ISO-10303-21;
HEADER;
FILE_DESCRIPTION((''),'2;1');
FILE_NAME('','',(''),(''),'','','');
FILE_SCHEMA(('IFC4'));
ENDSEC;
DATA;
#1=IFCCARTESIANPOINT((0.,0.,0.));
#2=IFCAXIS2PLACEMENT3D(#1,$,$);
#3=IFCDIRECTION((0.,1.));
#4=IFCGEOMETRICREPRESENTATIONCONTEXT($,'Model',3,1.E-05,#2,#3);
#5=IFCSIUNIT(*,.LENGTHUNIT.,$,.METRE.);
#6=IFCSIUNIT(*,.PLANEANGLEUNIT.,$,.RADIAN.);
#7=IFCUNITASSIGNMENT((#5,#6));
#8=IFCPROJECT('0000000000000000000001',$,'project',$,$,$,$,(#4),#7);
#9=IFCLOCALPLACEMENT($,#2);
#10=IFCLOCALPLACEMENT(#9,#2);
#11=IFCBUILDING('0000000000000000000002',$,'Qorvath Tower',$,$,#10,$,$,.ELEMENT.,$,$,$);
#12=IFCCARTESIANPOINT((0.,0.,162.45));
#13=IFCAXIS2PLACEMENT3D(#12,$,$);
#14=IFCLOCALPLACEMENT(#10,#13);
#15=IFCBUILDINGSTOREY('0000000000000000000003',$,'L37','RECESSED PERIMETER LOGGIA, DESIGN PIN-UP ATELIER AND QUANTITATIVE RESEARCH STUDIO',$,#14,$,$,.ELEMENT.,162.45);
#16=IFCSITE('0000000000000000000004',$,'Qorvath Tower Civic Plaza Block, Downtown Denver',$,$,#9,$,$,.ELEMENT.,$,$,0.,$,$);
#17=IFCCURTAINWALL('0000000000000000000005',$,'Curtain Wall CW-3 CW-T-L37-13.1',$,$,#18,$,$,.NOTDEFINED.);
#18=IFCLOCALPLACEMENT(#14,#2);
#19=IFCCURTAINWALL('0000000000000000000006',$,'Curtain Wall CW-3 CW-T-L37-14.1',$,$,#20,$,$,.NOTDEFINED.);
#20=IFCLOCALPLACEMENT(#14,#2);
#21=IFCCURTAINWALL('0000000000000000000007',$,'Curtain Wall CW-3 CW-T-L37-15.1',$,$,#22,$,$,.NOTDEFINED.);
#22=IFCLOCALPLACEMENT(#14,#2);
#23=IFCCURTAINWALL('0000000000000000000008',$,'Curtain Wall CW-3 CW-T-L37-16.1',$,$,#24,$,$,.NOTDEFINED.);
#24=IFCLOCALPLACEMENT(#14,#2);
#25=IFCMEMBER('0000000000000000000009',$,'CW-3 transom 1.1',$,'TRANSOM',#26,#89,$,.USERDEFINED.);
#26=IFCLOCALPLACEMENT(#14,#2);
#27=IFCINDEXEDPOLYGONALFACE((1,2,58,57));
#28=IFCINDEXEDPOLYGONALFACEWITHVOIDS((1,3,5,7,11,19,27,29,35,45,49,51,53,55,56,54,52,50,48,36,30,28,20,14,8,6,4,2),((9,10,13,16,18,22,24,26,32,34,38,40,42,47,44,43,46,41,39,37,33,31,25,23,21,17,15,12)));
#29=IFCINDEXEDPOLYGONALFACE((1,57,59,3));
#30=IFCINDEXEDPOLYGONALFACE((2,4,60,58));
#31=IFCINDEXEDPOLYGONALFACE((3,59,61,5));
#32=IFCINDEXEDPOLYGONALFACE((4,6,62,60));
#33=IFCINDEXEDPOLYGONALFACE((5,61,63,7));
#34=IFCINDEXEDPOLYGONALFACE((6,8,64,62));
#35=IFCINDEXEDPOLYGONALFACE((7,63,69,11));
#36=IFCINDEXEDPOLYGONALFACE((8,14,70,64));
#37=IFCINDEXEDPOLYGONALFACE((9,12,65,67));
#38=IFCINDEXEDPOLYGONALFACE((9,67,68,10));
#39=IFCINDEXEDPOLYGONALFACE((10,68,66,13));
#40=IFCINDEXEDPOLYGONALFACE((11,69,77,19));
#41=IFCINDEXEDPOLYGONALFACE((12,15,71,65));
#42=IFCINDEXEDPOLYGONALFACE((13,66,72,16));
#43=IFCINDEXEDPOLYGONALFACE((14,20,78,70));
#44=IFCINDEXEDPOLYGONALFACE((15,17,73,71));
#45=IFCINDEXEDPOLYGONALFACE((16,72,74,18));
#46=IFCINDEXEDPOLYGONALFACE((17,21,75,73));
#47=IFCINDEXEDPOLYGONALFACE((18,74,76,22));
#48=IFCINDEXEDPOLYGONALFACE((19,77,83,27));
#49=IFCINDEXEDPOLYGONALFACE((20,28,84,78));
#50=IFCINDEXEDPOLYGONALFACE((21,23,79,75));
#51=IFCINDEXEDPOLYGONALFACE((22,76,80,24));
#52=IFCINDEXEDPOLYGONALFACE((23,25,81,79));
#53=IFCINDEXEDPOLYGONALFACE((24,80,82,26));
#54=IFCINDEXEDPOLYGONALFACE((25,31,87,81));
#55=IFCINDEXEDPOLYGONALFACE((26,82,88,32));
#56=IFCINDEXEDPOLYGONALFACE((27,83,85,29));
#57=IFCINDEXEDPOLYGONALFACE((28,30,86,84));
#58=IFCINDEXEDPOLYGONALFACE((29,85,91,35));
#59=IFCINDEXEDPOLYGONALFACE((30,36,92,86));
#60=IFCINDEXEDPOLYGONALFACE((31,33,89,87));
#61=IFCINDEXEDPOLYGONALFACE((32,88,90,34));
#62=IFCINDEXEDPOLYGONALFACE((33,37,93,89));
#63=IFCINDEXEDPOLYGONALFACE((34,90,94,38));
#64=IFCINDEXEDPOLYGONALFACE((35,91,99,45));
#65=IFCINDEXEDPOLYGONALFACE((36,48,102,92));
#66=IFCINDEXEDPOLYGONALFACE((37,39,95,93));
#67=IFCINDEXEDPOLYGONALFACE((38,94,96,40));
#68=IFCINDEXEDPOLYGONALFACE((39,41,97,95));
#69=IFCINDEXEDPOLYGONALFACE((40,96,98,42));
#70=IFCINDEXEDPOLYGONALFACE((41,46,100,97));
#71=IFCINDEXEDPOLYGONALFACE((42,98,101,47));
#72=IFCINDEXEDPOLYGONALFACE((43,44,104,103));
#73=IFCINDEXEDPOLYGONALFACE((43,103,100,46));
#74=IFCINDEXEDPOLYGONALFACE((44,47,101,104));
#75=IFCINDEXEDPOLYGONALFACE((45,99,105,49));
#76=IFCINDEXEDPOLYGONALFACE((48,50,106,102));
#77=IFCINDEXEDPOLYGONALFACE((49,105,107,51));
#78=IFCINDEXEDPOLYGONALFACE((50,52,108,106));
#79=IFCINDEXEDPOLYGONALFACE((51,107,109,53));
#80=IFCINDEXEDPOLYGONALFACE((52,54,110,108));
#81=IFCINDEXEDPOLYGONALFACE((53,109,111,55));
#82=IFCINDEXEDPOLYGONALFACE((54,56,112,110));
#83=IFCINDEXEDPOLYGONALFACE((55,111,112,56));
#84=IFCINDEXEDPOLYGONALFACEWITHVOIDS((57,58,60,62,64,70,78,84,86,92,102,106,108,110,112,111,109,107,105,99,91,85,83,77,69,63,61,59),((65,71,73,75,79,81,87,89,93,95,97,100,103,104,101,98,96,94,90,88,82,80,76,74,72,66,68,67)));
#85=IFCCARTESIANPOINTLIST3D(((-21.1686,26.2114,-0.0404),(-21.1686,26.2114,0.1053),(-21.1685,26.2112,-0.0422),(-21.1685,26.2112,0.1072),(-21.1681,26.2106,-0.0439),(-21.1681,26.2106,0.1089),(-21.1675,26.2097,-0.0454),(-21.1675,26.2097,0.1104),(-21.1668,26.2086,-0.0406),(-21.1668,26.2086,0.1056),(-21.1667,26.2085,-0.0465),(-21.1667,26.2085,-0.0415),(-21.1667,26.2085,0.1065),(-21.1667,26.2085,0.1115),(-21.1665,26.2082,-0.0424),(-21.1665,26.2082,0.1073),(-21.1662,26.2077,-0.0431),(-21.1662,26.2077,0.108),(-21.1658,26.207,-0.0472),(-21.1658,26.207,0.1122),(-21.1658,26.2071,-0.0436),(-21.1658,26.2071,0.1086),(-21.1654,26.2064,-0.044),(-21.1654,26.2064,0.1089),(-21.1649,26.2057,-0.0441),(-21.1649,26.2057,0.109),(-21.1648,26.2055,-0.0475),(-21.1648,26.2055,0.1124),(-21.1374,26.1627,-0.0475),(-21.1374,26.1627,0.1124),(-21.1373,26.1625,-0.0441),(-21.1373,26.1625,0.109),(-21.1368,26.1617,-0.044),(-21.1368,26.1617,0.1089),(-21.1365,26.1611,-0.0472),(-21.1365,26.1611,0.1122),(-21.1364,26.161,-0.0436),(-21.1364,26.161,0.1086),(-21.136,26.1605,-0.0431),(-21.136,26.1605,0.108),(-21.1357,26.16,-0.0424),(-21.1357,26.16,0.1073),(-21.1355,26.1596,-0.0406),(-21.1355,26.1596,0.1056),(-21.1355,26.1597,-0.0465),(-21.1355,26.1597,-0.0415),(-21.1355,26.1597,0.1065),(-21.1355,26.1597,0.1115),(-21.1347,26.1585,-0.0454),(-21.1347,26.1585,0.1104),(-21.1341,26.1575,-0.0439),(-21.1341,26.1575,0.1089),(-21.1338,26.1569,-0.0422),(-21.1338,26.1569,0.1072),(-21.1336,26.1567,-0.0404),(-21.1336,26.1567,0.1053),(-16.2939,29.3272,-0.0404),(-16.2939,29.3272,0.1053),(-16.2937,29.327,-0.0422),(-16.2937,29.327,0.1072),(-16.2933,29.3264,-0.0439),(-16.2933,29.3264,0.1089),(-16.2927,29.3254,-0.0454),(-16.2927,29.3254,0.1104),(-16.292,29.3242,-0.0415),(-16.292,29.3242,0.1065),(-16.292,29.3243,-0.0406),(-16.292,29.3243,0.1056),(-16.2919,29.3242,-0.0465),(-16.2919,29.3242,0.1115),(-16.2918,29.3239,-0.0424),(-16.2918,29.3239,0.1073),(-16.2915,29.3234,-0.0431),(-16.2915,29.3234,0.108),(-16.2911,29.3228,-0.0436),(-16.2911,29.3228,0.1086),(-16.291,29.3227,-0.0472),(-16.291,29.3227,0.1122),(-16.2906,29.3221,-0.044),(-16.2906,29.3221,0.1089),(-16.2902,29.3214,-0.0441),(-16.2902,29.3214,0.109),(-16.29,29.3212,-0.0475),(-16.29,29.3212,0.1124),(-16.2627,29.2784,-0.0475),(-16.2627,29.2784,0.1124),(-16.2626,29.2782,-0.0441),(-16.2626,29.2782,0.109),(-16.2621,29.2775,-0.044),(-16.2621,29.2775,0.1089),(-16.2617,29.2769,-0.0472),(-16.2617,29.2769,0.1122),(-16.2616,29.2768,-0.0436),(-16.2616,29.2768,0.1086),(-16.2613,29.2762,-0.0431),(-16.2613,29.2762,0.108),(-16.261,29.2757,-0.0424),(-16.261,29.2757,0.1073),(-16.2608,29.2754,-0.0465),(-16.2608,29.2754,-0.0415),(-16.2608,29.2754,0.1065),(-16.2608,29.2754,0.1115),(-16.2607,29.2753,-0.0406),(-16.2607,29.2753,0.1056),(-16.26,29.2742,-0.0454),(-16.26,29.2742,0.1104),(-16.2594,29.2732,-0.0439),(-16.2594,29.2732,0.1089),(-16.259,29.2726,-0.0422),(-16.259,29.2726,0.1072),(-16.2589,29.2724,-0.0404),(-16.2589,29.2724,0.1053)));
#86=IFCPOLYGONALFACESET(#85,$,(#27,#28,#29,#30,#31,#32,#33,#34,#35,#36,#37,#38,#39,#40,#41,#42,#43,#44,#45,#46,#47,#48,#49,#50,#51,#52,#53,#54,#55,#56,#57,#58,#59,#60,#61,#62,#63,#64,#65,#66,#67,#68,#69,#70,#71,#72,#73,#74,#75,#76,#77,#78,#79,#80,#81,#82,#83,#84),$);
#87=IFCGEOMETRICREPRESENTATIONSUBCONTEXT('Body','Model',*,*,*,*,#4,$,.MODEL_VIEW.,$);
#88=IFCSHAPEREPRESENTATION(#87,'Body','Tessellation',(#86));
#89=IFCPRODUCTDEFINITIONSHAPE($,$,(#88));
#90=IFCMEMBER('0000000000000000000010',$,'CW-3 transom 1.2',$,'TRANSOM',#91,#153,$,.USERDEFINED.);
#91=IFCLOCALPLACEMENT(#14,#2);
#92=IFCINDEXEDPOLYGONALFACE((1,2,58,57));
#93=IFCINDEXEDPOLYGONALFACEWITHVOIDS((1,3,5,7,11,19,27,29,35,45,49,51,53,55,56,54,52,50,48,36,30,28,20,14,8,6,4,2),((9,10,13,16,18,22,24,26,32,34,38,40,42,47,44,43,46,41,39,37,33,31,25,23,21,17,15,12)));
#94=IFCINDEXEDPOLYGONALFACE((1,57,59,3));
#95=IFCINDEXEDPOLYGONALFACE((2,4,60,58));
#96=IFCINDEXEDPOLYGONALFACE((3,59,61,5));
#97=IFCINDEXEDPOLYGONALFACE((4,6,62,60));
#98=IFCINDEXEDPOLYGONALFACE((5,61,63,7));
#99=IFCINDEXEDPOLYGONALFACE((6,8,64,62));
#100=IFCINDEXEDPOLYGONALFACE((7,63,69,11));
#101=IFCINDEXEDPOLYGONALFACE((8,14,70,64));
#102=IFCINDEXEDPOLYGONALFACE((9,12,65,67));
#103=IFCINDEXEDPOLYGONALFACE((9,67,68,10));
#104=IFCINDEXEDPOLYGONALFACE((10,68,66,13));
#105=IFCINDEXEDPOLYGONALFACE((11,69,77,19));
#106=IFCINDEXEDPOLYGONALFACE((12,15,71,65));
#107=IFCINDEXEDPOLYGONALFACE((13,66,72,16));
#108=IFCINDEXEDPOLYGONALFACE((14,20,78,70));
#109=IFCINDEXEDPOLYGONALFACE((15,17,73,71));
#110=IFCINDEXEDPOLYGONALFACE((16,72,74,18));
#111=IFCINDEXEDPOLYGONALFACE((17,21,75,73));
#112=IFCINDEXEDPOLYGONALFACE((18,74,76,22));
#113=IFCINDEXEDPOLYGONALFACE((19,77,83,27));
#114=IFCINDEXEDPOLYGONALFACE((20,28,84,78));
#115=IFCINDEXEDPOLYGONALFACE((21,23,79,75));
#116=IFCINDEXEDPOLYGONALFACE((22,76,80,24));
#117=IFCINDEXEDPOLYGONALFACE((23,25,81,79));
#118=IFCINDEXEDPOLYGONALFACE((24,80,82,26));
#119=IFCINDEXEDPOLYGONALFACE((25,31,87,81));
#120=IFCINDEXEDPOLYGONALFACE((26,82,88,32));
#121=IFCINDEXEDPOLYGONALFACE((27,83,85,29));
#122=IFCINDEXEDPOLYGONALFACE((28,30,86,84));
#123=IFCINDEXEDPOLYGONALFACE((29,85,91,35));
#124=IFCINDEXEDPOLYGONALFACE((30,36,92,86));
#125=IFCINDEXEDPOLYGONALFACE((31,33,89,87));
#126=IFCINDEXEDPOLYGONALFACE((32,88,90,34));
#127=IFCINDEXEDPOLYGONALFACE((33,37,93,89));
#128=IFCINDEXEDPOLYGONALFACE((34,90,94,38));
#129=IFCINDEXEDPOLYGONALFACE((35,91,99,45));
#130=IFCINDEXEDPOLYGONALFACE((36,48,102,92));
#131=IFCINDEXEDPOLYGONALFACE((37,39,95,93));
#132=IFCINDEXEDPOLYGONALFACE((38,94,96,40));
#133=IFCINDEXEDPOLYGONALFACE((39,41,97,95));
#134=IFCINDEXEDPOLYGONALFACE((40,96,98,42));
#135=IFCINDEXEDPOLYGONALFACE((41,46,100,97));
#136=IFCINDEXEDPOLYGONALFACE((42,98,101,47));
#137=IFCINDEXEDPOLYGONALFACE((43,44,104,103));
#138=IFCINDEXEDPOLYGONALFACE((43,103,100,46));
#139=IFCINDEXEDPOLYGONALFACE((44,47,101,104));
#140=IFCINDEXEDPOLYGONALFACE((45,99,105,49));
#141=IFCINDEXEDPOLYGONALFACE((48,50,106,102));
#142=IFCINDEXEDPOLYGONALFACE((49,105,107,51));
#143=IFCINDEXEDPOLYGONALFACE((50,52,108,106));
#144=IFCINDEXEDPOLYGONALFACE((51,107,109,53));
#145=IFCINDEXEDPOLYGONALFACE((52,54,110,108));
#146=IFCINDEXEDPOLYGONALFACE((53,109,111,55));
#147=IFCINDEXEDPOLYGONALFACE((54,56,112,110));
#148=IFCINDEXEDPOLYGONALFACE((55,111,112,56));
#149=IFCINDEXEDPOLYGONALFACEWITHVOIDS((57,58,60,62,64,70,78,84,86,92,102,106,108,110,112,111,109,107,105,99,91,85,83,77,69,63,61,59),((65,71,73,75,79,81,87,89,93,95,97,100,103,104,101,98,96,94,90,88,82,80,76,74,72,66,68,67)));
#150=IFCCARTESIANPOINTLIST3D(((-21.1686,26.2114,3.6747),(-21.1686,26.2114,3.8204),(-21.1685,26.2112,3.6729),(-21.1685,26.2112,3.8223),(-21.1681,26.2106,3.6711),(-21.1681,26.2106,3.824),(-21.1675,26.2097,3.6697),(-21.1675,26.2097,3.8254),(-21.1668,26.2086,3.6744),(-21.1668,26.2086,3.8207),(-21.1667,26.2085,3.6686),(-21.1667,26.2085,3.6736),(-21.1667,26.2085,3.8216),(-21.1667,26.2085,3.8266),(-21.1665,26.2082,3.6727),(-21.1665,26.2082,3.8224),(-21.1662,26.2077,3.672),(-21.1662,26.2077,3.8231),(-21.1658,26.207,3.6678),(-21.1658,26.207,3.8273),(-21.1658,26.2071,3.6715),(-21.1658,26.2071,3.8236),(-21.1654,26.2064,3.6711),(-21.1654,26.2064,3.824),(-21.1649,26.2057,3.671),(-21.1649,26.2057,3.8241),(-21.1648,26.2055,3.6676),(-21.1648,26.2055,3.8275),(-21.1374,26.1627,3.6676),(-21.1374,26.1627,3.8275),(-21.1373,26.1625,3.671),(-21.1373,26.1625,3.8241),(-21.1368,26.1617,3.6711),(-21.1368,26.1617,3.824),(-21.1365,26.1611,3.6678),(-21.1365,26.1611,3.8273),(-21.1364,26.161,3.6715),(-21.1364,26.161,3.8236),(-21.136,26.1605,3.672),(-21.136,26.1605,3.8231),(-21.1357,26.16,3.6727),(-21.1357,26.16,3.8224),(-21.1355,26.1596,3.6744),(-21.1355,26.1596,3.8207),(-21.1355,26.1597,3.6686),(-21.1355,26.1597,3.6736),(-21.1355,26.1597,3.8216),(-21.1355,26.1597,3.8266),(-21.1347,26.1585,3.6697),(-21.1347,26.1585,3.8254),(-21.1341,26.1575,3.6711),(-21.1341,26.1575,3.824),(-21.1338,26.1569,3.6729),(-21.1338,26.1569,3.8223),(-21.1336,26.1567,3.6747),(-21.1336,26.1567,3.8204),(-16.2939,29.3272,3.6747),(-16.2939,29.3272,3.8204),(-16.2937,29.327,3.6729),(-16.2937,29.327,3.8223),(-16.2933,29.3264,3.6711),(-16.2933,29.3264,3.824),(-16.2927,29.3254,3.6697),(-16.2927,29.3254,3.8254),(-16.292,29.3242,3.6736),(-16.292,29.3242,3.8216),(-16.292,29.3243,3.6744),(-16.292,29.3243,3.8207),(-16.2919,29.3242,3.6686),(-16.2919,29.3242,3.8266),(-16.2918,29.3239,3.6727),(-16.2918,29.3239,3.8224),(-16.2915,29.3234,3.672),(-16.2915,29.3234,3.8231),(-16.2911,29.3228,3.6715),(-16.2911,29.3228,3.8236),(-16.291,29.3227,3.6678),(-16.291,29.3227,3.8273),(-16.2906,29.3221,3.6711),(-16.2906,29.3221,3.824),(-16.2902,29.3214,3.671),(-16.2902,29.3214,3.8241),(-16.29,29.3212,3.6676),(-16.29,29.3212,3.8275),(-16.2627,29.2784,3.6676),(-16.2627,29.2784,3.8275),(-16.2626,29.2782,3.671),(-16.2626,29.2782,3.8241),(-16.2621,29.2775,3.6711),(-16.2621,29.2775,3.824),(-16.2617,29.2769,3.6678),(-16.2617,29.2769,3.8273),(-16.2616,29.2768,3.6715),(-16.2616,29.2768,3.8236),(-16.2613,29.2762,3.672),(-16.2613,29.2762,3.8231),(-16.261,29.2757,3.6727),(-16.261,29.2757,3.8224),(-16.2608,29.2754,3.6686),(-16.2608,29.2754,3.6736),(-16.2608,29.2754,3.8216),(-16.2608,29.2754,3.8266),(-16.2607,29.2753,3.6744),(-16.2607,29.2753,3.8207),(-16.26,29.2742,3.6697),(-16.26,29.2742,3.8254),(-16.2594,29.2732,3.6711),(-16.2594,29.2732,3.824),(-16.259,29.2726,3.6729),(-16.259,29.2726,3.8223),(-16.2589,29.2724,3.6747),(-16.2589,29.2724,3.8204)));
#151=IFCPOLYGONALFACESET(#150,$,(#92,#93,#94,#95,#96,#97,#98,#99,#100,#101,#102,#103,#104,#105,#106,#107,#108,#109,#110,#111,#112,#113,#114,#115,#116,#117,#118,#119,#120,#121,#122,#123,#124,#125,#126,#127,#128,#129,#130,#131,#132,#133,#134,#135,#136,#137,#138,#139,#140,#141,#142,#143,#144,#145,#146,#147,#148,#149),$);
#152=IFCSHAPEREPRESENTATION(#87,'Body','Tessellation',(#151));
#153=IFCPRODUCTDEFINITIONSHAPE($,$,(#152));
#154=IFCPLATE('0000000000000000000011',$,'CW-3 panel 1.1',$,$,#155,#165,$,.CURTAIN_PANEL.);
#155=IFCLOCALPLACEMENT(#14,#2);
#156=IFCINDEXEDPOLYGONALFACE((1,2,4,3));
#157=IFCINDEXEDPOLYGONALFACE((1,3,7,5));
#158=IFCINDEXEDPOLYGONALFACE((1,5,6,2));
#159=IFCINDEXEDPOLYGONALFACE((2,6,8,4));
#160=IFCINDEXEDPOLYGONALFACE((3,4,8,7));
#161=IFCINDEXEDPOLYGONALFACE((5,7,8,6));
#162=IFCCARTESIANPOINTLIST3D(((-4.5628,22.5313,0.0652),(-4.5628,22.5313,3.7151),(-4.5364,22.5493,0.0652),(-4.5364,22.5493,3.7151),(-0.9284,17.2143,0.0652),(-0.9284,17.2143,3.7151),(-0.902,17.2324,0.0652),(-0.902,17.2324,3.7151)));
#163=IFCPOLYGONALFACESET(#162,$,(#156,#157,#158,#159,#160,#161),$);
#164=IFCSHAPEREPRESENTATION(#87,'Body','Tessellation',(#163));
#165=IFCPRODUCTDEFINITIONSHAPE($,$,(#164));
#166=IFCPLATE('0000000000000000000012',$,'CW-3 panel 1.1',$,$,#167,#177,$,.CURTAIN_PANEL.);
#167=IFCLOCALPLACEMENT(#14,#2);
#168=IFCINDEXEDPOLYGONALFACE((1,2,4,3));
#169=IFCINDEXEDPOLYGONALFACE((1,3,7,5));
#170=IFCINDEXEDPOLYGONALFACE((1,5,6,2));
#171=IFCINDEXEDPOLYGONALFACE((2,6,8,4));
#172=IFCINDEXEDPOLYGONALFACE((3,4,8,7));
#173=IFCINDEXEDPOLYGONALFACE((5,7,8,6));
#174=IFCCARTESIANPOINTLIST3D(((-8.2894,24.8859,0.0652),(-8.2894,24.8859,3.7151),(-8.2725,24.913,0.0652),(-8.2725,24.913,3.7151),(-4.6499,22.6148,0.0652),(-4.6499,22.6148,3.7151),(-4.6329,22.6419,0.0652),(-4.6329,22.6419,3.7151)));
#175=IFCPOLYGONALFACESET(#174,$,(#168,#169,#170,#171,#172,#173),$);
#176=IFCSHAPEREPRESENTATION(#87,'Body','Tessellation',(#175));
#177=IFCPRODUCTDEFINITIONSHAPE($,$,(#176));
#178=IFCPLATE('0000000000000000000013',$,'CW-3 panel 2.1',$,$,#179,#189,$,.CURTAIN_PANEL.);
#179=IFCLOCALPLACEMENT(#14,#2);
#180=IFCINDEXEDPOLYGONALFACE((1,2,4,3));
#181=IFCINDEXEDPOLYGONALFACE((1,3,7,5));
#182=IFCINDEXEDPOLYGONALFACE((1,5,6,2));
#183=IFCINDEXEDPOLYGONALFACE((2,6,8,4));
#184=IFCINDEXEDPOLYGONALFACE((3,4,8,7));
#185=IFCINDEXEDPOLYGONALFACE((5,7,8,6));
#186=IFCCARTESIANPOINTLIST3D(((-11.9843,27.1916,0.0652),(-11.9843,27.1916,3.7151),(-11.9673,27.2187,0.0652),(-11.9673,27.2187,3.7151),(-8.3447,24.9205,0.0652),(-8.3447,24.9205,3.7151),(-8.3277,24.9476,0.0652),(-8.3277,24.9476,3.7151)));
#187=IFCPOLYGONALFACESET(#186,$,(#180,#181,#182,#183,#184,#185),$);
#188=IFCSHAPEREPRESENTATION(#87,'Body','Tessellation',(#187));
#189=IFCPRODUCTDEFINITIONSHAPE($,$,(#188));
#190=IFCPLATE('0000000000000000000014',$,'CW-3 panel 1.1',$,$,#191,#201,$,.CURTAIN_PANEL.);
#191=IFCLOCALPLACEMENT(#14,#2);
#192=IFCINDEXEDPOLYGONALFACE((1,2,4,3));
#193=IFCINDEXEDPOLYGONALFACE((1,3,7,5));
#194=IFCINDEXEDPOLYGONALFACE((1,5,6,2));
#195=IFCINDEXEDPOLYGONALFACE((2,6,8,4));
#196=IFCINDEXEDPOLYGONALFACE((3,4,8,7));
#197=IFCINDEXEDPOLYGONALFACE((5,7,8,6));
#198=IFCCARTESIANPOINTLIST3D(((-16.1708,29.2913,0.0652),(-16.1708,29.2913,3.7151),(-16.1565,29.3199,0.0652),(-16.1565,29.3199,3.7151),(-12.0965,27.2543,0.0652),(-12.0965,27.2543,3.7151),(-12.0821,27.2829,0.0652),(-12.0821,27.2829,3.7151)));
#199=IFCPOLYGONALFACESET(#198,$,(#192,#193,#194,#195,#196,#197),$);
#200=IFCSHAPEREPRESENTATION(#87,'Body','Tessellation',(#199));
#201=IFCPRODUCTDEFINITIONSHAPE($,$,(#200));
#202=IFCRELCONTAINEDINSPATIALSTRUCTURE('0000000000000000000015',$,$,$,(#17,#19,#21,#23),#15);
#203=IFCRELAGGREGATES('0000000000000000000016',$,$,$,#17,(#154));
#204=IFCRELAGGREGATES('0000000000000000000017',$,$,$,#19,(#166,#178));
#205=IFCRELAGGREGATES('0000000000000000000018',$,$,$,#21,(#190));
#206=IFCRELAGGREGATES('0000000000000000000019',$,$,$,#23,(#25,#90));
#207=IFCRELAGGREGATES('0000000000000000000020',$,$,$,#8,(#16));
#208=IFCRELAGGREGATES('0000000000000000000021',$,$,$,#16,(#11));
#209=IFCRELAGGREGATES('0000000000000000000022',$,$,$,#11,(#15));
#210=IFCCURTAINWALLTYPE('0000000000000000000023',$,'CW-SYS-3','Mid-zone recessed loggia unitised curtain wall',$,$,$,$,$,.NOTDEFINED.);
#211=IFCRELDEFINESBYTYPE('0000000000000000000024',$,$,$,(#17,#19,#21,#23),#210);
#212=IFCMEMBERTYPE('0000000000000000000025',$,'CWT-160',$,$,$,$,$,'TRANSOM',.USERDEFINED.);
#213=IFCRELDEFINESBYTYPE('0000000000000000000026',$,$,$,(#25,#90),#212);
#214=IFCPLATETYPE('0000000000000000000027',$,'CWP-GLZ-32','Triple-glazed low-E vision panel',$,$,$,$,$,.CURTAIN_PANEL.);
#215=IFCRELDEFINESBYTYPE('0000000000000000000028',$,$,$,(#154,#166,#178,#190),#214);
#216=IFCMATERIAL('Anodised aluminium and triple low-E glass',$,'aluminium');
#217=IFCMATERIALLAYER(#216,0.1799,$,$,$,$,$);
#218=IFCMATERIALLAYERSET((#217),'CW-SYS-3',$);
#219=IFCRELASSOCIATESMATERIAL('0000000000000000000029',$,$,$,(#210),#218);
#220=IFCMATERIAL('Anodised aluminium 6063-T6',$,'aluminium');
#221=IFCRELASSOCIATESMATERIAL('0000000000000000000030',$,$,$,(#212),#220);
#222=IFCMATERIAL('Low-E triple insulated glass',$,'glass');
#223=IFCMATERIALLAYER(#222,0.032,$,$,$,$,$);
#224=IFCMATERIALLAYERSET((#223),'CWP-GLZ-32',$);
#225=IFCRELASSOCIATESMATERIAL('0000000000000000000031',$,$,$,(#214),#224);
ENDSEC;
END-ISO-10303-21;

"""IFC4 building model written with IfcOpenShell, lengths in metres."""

from ifc_helpers import new_model, si_unit, direction, frame, origin, origin_2d, place, context, subcontext, project, spatial, rectangle, hollow_rectangle, extrude, material, layer, layer_set, material_profile, profile_set, type_object, element, aggregate, save


model = new_model("IFC4")

# Units and contexts
model_context = context("Model", 3, precision=1e-05, world=origin(), true_north=direction((0.0, 1.0)))
body_context = subcontext(model_context, "Body", "Model", "MODEL_VIEW")
ifc_project = project(units=[si_unit("LENGTHUNIT", "METRE"), si_unit("PLANEANGLEUNIT", "RADIAN")], contexts=[model_context])

# Site, building, storey
site_placement = place(None, origin())
site = spatial("IfcSite", under=ifc_project, at=site_placement, Name="Qorvath Tower Civic Plaza Block, Downtown Denver", CompositionType="ELEMENT", RefElevation=0.0)
building_placement = place(site_placement, origin())
building = spatial("IfcBuilding", under=site, at=building_placement, Name="Qorvath Tower", CompositionType="ELEMENT")
storey_placement = place(building_placement, frame((0.0, 0.0, 162.45)))
storey = spatial("IfcBuildingStorey", under=building, at=storey_placement, Name="L37", Description="RECESSED PERIMETER LOGGIA, DESIGN PIN-UP ATELIER AND QUANTITATIVE RESEARCH STUDIO", CompositionType="ELEMENT", Elevation=162.45)

# Curtain wall
ifc_material_1 = material(Name="Anodised aluminium and triple low-E glass", Category="aluminium")
ifc_layer_1 = layer(ifc_material_1, 0.1799)
ifc_layer_set_1 = layer_set([ifc_layer_1], Name="CW-SYS-3")
curtain_wall_type = type_object("IfcCurtainWallType", Name="CW-SYS-3", Description="Mid-zone recessed loggia unitised curtain wall", PredefinedType="NOTDEFINED", material=ifc_layer_set_1)
curtain_wall_1_placement = place(storey_placement, origin())
curtain_wall_1 = element("IfcCurtainWall", 1, at=curtain_wall_1_placement, inside=storey, type_object=curtain_wall_type, Name="Curtain Wall CW-3 CW-T-L37-13.1", PredefinedType="NOTDEFINED")

# Curtain walls
curtain_wall_2_placement = place(storey_placement, origin())
curtain_wall_2 = element("IfcCurtainWall", 2, at=curtain_wall_2_placement, inside=storey, type_object=curtain_wall_type, Name="Curtain Wall CW-3 CW-T-L37-14.1", PredefinedType="NOTDEFINED")
curtain_wall_3_placement = place(storey_placement, origin())
curtain_wall_3 = element("IfcCurtainWall", 3, at=curtain_wall_3_placement, inside=storey, type_object=curtain_wall_type, Name="Curtain Wall CW-3 CW-T-L37-15.1", PredefinedType="NOTDEFINED")

# Curtain wall
curtain_wall_4_placement = place(storey_placement, origin())
curtain_wall_4 = element("IfcCurtainWall", 4, at=curtain_wall_4_placement, inside=storey, type_object=curtain_wall_type, Name="Curtain Wall CW-3 CW-T-L37-16.1", PredefinedType="NOTDEFINED")

# Members
ifc_material_2 = material(Name="Anodised aluminium 6063-T6", Category="aluminium")
ifc_material_profile_1 = material_profile(ifc_material_2, hollow_rectangle(XDim=0.0649, YDim=0.1599, WallThickness=0.0034, InnerFilletRadius=0.0034, OuterFilletRadius=0.0071, at=origin_2d()), Name="CWT 160x65")
ifc_profile_set_1 = profile_set([ifc_material_profile_1], Name="Anodised aluminium 6063-T6")
member_type_1 = type_object("IfcMemberType", Name="CWT-160", ElementType="TRANSOM", PredefinedType="USERDEFINED", material=ifc_profile_set_1)
member_1_placement = place(storey_placement, frame((-16.2764, 29.2998, 0.0325), z_axis=(-0.842595, -0.538548, 0.0), x_axis=(0.538548, -0.842595, 0.0)))
member_1 = element("IfcMember", 5, at=member_1_placement, type_object=member_type_1, Name="CW-3 transom 1.1", ObjectType="TRANSOM", PredefinedType="USERDEFINED", context=body_context, shape_type="SweptSolid", body=[
    extrude(hollow_rectangle(XDim=0.0649, YDim=0.1599, WallThickness=0.0034, InnerFilletRadius=0.0034, OuterFilletRadius=0.0071, at=origin_2d()), origin(), (0.0, 0.0, 1.0), 5.7854),
])
member_2_placement = place(storey_placement, frame((-16.2764, 29.2998, 3.7476), z_axis=(-0.842595, -0.538548, 0.0), x_axis=(0.538548, -0.842595, 0.0)))
member_2 = element("IfcMember", 6, at=member_2_placement, type_object=member_type_1, Name="CW-3 transom 1.2", ObjectType="TRANSOM", PredefinedType="USERDEFINED", context=body_context, shape_type="SweptSolid", body=[
    extrude(hollow_rectangle(XDim=0.0649, YDim=0.1599, WallThickness=0.0034, InnerFilletRadius=0.0034, OuterFilletRadius=0.0071, at=origin_2d()), origin(), (0.0, 0.0, 1.0), 5.7854),
])

# Plates
ifc_material_3 = material(Name="Low-E triple insulated glass", Category="glass")
ifc_layer_2 = layer(ifc_material_3, 0.032)
ifc_layer_set_2 = layer_set([ifc_layer_2], Name="CWP-GLZ-32")
plate_type = type_object("IfcPlateType", Name="CWP-GLZ-32", Description="Triple-glazed low-E vision panel", PredefinedType="CURTAIN_PANEL", material=ifc_layer_set_2)
plate_1_placement = place(storey_placement, frame((-2.7324, 19.8818, 0.0652), z_axis=(0.0, 0.0, 1.0), x_axis=(-0.564314, 0.82556, 0.0)))
plate_1 = element("IfcPlate", 7, at=plate_1_placement, type_object=plate_type, Name="CW-3 panel 1.1", PredefinedType="CURTAIN_PANEL", context=body_context, shape_type="SweptSolid", body=[
    extrude(rectangle(XDim=6.4404, YDim=0.032, at=origin_2d()), origin(), (0.0, 0.0, 1.0), 3.6499),
])
aggregate(curtain_wall_1, [plate_1])
plate_2_placement = place(storey_placement, frame((-6.4612, 23.7639, 0.0652), z_axis=(0.0, 0.0, 1.0), x_axis=(-0.848382, 0.529384, 0.0)))
plate_2 = element("IfcPlate", 8, at=plate_2_placement, type_object=plate_type, Name="CW-3 panel 1.1", PredefinedType="CURTAIN_PANEL", context=body_context, shape_type="SweptSolid", body=[
    extrude(rectangle(XDim=4.29, YDim=0.032, at=origin_2d()), origin(), (0.0, 0.0, 1.0), 3.6499),
])
plate_3_placement = place(storey_placement, frame((-10.156, 26.0696, 0.0652), z_axis=(0.0, 0.0, 1.0), x_axis=(-0.848382, 0.529384, 0.0)))
plate_3 = element("IfcPlate", 9, at=plate_3_placement, type_object=plate_type, Name="CW-3 panel 2.1", PredefinedType="CURTAIN_PANEL", context=body_context, shape_type="SweptSolid", body=[
    extrude(rectangle(XDim=4.29, YDim=0.032, at=origin_2d()), origin(), (0.0, 0.0, 1.0), 3.6499),
])
aggregate(curtain_wall_2, [plate_2, plate_3])
plate_4_placement = place(storey_placement, frame((-14.1265, 28.2871, 0.0652), z_axis=(0.0, 0.0, 1.0), x_axis=(-0.89444, 0.447188, 0.0)))
plate_4 = element("IfcPlate", 10, at=plate_4_placement, type_object=plate_type, Name="CW-3 panel 1.1", PredefinedType="CURTAIN_PANEL", context=body_context, shape_type="SweptSolid", body=[
    extrude(rectangle(XDim=4.5552, YDim=0.032, at=origin_2d()), origin(), (0.0, 0.0, 1.0), 3.6499),
])
aggregate(curtain_wall_3, [plate_4])
aggregate(curtain_wall_4, [member_1, member_2])

save(model, "model.ifc")
